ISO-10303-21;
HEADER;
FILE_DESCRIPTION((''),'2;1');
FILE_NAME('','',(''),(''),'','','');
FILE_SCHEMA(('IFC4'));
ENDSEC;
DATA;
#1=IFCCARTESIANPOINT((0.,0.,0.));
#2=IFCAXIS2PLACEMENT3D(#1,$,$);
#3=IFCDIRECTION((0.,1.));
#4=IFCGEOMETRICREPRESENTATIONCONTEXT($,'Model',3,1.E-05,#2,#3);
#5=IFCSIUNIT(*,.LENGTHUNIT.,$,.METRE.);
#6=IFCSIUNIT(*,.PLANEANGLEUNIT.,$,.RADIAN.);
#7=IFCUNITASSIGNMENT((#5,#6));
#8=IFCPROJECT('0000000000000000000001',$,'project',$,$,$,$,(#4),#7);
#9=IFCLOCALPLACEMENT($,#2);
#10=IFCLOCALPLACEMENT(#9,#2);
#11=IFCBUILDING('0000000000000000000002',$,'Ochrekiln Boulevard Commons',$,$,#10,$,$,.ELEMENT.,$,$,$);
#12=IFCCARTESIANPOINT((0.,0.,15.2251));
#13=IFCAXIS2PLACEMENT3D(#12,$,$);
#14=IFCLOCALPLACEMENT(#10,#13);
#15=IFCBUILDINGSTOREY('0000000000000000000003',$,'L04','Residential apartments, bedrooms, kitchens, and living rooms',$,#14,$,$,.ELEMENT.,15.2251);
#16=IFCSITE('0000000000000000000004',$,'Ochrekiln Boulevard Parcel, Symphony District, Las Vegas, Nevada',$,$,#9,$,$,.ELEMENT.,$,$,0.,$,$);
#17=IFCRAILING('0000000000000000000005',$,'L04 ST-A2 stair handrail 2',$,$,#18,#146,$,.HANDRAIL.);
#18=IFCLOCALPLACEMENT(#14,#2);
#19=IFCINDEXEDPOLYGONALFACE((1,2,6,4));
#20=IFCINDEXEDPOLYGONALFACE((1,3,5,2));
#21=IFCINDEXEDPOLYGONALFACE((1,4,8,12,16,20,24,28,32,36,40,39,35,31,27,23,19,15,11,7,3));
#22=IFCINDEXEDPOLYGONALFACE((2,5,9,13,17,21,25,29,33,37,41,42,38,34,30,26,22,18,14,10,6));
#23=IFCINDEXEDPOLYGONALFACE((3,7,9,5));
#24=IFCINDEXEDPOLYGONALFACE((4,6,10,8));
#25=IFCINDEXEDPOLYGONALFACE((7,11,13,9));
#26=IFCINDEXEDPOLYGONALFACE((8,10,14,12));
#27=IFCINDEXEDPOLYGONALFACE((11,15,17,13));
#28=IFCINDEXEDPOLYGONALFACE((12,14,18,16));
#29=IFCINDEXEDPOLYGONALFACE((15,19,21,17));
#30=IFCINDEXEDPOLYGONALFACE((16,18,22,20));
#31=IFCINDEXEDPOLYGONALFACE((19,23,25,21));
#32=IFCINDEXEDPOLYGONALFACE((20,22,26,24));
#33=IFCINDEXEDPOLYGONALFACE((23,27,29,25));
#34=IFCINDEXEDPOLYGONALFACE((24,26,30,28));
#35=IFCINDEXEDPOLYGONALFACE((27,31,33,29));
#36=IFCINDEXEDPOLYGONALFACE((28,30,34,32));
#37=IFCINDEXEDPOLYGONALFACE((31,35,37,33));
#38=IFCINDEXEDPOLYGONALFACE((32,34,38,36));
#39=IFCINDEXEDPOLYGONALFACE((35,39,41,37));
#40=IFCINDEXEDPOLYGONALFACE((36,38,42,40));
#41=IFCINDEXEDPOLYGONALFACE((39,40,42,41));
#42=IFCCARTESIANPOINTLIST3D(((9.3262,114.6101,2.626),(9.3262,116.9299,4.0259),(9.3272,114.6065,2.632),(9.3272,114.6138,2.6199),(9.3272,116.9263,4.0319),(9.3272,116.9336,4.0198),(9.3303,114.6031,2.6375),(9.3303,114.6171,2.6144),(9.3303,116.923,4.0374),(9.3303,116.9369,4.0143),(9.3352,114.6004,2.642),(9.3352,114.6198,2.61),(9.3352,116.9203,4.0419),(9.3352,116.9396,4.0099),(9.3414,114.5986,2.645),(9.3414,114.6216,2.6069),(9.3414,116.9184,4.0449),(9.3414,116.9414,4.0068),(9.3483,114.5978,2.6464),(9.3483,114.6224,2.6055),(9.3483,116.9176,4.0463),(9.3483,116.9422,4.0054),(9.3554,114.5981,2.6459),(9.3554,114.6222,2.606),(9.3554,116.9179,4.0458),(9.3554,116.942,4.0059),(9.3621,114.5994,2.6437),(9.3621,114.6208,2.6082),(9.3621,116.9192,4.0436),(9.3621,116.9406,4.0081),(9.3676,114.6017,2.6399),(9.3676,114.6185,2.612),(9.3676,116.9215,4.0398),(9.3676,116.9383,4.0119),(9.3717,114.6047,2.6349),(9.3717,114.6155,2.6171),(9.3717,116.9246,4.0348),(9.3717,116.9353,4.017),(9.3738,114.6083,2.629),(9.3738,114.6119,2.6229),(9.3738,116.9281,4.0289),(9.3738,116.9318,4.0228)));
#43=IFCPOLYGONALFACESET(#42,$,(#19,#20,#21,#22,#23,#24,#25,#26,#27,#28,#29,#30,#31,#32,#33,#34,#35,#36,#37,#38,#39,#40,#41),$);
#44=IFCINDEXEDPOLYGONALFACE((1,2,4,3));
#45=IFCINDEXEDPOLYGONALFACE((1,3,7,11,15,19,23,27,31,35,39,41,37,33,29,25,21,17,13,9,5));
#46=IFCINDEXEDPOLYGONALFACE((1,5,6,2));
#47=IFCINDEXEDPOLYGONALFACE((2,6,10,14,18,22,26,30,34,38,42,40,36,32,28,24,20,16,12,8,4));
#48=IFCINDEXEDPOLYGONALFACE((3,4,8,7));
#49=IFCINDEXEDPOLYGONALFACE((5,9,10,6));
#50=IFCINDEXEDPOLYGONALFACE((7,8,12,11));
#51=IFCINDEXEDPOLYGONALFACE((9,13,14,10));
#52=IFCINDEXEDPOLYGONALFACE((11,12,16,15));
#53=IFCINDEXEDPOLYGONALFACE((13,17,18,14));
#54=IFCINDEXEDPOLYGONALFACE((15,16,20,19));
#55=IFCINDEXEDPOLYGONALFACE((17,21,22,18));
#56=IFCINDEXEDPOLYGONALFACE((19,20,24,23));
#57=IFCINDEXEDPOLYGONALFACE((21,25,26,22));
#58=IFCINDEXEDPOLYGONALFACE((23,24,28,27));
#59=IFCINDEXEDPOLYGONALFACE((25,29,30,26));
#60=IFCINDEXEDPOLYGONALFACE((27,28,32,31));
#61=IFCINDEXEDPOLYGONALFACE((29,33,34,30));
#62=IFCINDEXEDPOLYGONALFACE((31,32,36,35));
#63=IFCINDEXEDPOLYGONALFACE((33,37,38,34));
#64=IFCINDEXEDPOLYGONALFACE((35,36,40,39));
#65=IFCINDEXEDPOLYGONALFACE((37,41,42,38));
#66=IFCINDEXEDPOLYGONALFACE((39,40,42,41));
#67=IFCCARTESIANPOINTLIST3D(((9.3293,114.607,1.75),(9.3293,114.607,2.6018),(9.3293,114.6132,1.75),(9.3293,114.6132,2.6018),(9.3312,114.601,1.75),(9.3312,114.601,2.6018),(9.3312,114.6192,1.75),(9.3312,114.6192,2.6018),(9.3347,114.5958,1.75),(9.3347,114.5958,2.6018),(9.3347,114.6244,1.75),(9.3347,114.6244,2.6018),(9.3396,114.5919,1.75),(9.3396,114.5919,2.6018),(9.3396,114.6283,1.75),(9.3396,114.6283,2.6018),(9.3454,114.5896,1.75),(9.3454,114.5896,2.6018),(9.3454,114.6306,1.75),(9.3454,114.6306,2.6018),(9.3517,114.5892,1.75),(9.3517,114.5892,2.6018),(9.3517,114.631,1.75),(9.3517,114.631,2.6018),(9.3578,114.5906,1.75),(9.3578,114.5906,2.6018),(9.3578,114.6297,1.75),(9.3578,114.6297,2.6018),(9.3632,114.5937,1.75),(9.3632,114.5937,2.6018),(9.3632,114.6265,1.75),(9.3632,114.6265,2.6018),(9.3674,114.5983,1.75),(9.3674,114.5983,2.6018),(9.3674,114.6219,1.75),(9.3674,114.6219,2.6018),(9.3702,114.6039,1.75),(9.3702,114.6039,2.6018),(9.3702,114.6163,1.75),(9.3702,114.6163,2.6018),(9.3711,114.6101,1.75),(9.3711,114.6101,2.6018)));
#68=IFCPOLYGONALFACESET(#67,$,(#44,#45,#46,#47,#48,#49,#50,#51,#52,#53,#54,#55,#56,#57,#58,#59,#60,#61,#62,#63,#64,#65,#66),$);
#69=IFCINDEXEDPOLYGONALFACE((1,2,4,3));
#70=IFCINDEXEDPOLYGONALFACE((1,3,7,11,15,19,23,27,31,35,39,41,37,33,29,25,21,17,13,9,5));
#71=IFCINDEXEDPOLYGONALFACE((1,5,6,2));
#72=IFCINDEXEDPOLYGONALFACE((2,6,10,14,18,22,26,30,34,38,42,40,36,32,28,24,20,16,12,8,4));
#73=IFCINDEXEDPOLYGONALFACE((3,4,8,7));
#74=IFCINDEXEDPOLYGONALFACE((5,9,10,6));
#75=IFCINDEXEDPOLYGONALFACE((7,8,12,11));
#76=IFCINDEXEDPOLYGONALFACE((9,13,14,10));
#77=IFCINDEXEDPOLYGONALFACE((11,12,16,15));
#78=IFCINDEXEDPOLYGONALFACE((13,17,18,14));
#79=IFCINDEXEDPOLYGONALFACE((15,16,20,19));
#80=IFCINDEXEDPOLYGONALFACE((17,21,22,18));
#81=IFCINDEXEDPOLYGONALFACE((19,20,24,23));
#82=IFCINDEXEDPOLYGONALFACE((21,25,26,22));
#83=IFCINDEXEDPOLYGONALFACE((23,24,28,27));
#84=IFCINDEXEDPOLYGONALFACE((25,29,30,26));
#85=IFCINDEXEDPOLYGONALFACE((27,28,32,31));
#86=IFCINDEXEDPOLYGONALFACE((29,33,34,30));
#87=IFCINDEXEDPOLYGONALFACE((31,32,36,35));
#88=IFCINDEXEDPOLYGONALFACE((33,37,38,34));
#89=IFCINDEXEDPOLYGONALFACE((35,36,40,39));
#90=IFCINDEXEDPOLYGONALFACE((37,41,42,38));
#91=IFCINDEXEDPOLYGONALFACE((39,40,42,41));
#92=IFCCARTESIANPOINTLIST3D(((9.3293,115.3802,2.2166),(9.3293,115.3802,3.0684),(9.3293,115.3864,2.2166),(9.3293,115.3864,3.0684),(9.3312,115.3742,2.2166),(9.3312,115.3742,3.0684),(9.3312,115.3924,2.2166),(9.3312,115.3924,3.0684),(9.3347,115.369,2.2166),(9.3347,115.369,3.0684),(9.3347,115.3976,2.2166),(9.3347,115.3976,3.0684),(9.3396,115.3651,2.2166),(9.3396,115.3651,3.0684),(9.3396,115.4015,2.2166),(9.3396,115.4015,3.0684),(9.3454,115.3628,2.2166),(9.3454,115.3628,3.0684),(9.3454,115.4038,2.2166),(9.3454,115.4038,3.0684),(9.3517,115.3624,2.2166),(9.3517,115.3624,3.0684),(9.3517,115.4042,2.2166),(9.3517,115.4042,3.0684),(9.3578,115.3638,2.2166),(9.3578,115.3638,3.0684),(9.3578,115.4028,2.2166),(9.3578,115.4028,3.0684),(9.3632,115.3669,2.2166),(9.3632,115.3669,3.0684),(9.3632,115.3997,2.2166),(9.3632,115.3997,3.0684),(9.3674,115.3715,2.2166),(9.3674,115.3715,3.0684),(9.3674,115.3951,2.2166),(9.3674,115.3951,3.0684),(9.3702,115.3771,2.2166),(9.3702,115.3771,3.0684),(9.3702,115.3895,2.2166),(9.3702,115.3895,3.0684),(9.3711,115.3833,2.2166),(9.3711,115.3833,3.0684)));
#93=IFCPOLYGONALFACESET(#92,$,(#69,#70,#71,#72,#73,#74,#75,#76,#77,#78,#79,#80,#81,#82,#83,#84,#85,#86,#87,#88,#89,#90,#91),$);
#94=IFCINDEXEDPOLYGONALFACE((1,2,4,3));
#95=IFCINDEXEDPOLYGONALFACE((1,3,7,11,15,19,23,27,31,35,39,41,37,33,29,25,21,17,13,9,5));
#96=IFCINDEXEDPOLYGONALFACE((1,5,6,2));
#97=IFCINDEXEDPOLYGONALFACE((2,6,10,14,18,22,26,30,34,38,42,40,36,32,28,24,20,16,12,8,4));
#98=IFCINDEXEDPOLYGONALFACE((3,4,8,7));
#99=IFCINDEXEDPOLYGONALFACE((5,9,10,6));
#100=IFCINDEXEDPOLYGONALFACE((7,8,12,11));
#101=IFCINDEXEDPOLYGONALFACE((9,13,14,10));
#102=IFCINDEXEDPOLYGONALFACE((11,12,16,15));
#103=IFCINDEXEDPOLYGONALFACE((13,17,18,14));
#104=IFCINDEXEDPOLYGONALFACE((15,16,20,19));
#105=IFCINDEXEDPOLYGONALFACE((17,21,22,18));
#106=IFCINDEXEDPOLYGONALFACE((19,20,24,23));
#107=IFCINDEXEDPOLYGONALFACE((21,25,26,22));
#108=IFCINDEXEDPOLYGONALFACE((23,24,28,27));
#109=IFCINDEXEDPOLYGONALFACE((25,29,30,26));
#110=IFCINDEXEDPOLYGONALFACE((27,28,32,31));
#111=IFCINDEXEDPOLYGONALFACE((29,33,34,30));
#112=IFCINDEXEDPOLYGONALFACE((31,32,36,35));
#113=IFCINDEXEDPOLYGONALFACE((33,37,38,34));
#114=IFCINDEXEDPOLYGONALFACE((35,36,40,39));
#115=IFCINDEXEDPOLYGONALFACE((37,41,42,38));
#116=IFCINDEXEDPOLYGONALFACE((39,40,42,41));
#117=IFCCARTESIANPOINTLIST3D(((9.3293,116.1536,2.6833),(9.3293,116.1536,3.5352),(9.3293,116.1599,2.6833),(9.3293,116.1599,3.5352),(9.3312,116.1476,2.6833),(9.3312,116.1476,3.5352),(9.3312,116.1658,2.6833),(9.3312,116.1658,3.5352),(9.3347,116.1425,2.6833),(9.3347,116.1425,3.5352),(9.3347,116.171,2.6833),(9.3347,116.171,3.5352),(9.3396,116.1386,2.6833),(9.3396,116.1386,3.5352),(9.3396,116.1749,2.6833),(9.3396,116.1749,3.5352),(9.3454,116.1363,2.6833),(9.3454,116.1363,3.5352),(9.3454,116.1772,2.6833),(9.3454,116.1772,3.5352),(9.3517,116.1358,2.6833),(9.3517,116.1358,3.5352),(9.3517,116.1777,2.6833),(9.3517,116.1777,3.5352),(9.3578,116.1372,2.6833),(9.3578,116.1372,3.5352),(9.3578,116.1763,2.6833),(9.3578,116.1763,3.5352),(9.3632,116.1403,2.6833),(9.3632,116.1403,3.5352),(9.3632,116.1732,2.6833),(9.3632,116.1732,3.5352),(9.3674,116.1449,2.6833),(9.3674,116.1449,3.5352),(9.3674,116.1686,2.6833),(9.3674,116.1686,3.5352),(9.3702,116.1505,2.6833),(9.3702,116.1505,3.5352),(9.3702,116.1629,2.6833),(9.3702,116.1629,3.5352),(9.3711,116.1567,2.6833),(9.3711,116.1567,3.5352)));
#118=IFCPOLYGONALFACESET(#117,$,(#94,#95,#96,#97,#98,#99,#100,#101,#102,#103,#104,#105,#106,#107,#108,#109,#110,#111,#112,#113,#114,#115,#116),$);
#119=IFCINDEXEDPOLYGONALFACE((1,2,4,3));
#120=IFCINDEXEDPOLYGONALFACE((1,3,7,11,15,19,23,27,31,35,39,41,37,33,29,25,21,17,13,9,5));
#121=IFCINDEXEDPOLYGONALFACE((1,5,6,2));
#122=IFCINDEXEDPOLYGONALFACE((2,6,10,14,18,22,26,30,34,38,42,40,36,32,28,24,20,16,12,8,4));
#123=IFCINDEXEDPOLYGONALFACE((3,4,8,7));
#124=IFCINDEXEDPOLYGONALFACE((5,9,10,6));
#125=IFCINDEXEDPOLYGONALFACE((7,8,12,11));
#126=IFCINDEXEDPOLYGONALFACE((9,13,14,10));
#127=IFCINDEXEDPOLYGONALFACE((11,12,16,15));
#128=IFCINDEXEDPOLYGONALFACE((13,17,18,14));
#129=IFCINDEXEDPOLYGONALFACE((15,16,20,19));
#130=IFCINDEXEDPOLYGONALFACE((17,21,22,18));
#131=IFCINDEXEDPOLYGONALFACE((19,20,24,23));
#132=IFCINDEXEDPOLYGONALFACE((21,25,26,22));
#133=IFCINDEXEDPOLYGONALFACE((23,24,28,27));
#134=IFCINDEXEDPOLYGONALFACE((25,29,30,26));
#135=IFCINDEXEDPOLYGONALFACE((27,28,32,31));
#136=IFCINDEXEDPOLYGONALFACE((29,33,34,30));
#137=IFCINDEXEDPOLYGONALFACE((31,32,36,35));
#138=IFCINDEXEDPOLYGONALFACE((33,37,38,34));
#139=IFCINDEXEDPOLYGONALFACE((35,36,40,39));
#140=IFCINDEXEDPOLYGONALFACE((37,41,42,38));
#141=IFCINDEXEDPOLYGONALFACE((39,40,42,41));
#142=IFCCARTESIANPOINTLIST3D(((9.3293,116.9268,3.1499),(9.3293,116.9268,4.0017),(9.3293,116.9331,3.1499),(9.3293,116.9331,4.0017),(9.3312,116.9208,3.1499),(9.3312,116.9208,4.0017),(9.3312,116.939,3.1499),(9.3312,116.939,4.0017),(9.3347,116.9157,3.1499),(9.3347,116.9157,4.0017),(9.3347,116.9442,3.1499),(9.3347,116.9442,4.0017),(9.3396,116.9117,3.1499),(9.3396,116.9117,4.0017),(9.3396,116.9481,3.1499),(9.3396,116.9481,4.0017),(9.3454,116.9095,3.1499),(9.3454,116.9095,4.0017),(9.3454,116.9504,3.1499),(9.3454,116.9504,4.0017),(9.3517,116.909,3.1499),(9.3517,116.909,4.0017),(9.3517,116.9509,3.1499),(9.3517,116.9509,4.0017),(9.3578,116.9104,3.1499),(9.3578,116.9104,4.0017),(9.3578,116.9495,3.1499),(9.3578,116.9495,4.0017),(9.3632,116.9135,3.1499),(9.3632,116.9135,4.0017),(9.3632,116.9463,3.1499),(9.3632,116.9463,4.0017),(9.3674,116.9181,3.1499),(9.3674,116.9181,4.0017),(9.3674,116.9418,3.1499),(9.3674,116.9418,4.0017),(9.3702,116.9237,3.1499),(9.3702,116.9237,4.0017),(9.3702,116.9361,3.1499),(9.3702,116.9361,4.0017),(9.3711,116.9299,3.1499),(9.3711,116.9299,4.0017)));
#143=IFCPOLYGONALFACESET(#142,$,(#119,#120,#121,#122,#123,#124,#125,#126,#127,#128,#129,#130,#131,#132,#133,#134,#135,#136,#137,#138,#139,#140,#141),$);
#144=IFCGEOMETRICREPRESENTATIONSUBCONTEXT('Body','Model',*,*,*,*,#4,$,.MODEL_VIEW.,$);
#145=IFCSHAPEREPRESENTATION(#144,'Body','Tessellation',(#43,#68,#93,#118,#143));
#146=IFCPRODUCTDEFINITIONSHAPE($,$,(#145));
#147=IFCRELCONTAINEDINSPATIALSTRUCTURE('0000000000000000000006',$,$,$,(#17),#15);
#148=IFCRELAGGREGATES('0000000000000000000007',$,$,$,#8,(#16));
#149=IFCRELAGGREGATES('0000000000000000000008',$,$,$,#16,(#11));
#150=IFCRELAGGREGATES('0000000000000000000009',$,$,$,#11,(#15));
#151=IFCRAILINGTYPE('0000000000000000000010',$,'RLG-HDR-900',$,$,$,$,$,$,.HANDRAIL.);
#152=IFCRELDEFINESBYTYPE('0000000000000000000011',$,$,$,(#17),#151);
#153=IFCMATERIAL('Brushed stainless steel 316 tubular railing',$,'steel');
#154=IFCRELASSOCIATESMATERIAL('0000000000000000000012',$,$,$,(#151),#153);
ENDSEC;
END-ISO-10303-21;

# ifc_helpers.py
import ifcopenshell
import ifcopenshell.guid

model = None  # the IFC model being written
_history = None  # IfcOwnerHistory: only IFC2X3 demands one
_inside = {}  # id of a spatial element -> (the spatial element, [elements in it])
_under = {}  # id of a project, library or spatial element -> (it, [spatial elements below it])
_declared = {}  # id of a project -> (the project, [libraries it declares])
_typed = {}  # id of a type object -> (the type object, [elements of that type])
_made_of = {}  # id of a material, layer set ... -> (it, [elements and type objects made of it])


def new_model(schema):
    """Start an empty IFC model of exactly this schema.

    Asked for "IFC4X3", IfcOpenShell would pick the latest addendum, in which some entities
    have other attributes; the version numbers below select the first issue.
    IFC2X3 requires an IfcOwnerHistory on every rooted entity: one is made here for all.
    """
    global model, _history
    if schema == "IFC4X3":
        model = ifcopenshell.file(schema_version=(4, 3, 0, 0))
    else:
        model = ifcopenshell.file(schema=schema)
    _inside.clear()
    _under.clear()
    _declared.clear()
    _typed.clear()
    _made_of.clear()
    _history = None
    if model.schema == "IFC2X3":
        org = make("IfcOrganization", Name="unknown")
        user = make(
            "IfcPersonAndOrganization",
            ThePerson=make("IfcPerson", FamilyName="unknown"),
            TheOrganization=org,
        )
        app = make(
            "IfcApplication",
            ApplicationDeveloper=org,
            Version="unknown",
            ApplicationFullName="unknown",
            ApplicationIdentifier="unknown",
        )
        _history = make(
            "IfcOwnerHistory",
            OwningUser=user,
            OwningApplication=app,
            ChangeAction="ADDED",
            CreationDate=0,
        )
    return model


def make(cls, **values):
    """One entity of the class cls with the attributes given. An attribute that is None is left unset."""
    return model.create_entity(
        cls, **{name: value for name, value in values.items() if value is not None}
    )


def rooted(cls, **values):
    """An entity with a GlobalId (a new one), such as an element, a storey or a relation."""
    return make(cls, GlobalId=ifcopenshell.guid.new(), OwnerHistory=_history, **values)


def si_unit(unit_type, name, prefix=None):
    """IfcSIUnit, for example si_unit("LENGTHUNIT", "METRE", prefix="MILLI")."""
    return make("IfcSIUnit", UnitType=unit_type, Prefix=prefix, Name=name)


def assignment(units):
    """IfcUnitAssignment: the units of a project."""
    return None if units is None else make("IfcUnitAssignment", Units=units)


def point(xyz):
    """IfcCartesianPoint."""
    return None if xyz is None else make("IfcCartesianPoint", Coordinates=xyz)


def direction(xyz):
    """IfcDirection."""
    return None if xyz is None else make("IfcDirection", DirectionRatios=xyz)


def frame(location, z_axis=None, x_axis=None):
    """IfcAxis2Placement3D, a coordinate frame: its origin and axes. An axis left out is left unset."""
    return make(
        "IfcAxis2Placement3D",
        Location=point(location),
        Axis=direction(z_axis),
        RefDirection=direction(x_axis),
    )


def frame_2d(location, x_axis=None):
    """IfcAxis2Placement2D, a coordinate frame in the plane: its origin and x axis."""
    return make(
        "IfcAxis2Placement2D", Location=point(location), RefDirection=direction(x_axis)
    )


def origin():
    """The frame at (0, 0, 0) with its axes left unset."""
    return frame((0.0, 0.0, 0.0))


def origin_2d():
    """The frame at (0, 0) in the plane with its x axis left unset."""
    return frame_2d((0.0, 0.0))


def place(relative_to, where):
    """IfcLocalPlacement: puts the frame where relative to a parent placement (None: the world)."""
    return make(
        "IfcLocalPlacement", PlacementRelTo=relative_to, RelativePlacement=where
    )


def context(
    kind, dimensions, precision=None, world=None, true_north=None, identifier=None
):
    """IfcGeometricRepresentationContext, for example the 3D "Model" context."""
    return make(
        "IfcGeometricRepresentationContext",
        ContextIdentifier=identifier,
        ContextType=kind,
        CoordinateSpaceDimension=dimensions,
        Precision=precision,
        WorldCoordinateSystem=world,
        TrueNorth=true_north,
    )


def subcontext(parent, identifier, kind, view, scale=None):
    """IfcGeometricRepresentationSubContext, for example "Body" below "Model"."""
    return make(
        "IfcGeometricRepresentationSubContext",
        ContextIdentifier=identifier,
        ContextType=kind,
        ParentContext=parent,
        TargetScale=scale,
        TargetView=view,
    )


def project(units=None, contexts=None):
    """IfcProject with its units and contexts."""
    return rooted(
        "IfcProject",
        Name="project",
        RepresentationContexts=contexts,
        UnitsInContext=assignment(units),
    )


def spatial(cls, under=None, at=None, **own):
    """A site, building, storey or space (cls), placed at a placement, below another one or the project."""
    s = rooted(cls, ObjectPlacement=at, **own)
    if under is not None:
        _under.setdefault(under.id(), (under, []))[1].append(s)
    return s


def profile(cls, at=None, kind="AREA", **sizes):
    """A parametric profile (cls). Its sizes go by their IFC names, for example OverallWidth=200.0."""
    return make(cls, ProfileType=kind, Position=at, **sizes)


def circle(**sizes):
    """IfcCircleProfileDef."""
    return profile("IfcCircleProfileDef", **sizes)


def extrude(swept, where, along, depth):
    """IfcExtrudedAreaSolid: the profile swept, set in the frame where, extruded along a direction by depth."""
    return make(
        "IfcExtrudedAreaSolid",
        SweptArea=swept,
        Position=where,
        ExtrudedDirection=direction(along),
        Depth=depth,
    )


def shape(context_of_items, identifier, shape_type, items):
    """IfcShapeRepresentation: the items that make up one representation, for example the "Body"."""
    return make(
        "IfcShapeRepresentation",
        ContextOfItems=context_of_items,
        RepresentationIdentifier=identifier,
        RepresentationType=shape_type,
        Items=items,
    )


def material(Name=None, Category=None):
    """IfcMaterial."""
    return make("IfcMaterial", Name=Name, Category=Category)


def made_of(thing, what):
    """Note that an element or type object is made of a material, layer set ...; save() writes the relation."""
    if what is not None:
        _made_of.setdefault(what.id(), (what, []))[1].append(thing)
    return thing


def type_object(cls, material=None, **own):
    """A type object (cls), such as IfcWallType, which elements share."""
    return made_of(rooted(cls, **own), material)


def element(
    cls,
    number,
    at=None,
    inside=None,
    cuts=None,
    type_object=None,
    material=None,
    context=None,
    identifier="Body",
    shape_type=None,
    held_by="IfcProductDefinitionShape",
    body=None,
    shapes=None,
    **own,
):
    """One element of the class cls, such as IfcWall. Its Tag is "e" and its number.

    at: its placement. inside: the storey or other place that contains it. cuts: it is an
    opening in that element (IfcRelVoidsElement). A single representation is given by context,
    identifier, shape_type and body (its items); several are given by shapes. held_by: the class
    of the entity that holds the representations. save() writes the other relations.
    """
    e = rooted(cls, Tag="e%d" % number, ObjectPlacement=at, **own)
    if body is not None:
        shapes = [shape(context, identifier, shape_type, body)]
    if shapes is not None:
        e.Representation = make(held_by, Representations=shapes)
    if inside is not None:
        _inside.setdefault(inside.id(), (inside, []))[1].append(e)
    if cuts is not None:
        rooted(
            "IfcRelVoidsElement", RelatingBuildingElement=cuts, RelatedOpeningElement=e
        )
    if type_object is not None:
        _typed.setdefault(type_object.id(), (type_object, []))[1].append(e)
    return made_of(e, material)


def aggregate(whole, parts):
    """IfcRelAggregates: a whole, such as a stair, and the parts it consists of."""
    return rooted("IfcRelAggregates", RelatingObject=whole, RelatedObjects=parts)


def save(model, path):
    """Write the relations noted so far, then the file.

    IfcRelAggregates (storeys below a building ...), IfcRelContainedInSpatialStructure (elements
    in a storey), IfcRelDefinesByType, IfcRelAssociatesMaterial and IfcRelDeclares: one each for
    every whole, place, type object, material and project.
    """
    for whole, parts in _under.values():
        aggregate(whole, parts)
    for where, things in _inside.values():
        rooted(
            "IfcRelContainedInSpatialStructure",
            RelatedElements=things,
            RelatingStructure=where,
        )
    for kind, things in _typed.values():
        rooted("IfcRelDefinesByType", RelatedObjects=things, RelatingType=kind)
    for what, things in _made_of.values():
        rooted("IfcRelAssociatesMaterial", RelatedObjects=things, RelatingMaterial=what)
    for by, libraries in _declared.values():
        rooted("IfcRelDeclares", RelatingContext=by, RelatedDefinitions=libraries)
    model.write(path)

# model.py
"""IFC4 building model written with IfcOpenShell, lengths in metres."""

from ifc_helpers import new_model, si_unit, direction, frame, origin, origin_2d, place, context, subcontext, project, spatial, circle, extrude, material, type_object, element, save


model = new_model("IFC4")

# Units and contexts
model_context = context("Model", 3, precision=1e-05, world=origin(), true_north=direction((0.0, 1.0)))
body_context = subcontext(model_context, "Body", "Model", "MODEL_VIEW")
ifc_project = project(units=[si_unit("LENGTHUNIT", "METRE"), si_unit("PLANEANGLEUNIT", "RADIAN")], contexts=[model_context])

# Site, building, storey
site_placement = place(None, origin())
site = spatial("IfcSite", under=ifc_project, at=site_placement, Name="Ochrekiln Boulevard Parcel, Symphony District, Las Vegas, Nevada", CompositionType="ELEMENT", RefElevation=0.0)
building_placement = place(site_placement, origin())
building = spatial("IfcBuilding", under=site, at=building_placement, Name="Ochrekiln Boulevard Commons", CompositionType="ELEMENT")
storey_placement = place(building_placement, frame((0.0, 0.0, 15.2251)))
storey = spatial("IfcBuildingStorey", under=building, at=storey_placement, Name="L04", Description="Residential apartments, bedrooms, kitchens, and living rooms", CompositionType="ELEMENT", Elevation=15.2251)

# Railing
ifc_material_1 = material(Name="Brushed stainless steel 316 tubular railing", Category="steel")
railing_type_1 = type_object("IfcRailingType", Name="RLG-HDR-900", PredefinedType="HANDRAIL", material=ifc_material_1)
railing_1_placement = place(storey_placement, frame((9.3501, 114.6101, 1.75)))
element("IfcRailing", 1, at=railing_1_placement, inside=storey, type_object=railing_type_1, Name="L04 ST-A2 stair handrail 2", PredefinedType="HANDRAIL", context=body_context, shape_type="SweptSolid", body=[
    extrude(circle(Radius=0.0239, at=origin_2d()), frame((0.0, 0.0, 0.876), z_axis=(0.0, 0.856186, 0.516667), x_axis=(-1.0, 0.0, 0.0)), (0.0, 0.0, 1.0), 2.7095),
    extrude(circle(Radius=0.021, at=origin_2d()), origin(), (0.0, 0.0, 1.0), 0.8518),
    extrude(circle(Radius=0.021, at=origin_2d()), frame((0.0, 0.7732, 0.4666)), (0.0, 0.0, 1.0), 0.8518),
    extrude(circle(Radius=0.021, at=origin_2d()), frame((0.0, 1.5466, 0.9333)), (0.0, 0.0, 1.0), 0.8518),
    extrude(circle(Radius=0.021, at=origin_2d()), frame((0.0, 2.3198, 1.3999)), (0.0, 0.0, 1.0), 0.8518),
])

save(model, "model.ifc")
